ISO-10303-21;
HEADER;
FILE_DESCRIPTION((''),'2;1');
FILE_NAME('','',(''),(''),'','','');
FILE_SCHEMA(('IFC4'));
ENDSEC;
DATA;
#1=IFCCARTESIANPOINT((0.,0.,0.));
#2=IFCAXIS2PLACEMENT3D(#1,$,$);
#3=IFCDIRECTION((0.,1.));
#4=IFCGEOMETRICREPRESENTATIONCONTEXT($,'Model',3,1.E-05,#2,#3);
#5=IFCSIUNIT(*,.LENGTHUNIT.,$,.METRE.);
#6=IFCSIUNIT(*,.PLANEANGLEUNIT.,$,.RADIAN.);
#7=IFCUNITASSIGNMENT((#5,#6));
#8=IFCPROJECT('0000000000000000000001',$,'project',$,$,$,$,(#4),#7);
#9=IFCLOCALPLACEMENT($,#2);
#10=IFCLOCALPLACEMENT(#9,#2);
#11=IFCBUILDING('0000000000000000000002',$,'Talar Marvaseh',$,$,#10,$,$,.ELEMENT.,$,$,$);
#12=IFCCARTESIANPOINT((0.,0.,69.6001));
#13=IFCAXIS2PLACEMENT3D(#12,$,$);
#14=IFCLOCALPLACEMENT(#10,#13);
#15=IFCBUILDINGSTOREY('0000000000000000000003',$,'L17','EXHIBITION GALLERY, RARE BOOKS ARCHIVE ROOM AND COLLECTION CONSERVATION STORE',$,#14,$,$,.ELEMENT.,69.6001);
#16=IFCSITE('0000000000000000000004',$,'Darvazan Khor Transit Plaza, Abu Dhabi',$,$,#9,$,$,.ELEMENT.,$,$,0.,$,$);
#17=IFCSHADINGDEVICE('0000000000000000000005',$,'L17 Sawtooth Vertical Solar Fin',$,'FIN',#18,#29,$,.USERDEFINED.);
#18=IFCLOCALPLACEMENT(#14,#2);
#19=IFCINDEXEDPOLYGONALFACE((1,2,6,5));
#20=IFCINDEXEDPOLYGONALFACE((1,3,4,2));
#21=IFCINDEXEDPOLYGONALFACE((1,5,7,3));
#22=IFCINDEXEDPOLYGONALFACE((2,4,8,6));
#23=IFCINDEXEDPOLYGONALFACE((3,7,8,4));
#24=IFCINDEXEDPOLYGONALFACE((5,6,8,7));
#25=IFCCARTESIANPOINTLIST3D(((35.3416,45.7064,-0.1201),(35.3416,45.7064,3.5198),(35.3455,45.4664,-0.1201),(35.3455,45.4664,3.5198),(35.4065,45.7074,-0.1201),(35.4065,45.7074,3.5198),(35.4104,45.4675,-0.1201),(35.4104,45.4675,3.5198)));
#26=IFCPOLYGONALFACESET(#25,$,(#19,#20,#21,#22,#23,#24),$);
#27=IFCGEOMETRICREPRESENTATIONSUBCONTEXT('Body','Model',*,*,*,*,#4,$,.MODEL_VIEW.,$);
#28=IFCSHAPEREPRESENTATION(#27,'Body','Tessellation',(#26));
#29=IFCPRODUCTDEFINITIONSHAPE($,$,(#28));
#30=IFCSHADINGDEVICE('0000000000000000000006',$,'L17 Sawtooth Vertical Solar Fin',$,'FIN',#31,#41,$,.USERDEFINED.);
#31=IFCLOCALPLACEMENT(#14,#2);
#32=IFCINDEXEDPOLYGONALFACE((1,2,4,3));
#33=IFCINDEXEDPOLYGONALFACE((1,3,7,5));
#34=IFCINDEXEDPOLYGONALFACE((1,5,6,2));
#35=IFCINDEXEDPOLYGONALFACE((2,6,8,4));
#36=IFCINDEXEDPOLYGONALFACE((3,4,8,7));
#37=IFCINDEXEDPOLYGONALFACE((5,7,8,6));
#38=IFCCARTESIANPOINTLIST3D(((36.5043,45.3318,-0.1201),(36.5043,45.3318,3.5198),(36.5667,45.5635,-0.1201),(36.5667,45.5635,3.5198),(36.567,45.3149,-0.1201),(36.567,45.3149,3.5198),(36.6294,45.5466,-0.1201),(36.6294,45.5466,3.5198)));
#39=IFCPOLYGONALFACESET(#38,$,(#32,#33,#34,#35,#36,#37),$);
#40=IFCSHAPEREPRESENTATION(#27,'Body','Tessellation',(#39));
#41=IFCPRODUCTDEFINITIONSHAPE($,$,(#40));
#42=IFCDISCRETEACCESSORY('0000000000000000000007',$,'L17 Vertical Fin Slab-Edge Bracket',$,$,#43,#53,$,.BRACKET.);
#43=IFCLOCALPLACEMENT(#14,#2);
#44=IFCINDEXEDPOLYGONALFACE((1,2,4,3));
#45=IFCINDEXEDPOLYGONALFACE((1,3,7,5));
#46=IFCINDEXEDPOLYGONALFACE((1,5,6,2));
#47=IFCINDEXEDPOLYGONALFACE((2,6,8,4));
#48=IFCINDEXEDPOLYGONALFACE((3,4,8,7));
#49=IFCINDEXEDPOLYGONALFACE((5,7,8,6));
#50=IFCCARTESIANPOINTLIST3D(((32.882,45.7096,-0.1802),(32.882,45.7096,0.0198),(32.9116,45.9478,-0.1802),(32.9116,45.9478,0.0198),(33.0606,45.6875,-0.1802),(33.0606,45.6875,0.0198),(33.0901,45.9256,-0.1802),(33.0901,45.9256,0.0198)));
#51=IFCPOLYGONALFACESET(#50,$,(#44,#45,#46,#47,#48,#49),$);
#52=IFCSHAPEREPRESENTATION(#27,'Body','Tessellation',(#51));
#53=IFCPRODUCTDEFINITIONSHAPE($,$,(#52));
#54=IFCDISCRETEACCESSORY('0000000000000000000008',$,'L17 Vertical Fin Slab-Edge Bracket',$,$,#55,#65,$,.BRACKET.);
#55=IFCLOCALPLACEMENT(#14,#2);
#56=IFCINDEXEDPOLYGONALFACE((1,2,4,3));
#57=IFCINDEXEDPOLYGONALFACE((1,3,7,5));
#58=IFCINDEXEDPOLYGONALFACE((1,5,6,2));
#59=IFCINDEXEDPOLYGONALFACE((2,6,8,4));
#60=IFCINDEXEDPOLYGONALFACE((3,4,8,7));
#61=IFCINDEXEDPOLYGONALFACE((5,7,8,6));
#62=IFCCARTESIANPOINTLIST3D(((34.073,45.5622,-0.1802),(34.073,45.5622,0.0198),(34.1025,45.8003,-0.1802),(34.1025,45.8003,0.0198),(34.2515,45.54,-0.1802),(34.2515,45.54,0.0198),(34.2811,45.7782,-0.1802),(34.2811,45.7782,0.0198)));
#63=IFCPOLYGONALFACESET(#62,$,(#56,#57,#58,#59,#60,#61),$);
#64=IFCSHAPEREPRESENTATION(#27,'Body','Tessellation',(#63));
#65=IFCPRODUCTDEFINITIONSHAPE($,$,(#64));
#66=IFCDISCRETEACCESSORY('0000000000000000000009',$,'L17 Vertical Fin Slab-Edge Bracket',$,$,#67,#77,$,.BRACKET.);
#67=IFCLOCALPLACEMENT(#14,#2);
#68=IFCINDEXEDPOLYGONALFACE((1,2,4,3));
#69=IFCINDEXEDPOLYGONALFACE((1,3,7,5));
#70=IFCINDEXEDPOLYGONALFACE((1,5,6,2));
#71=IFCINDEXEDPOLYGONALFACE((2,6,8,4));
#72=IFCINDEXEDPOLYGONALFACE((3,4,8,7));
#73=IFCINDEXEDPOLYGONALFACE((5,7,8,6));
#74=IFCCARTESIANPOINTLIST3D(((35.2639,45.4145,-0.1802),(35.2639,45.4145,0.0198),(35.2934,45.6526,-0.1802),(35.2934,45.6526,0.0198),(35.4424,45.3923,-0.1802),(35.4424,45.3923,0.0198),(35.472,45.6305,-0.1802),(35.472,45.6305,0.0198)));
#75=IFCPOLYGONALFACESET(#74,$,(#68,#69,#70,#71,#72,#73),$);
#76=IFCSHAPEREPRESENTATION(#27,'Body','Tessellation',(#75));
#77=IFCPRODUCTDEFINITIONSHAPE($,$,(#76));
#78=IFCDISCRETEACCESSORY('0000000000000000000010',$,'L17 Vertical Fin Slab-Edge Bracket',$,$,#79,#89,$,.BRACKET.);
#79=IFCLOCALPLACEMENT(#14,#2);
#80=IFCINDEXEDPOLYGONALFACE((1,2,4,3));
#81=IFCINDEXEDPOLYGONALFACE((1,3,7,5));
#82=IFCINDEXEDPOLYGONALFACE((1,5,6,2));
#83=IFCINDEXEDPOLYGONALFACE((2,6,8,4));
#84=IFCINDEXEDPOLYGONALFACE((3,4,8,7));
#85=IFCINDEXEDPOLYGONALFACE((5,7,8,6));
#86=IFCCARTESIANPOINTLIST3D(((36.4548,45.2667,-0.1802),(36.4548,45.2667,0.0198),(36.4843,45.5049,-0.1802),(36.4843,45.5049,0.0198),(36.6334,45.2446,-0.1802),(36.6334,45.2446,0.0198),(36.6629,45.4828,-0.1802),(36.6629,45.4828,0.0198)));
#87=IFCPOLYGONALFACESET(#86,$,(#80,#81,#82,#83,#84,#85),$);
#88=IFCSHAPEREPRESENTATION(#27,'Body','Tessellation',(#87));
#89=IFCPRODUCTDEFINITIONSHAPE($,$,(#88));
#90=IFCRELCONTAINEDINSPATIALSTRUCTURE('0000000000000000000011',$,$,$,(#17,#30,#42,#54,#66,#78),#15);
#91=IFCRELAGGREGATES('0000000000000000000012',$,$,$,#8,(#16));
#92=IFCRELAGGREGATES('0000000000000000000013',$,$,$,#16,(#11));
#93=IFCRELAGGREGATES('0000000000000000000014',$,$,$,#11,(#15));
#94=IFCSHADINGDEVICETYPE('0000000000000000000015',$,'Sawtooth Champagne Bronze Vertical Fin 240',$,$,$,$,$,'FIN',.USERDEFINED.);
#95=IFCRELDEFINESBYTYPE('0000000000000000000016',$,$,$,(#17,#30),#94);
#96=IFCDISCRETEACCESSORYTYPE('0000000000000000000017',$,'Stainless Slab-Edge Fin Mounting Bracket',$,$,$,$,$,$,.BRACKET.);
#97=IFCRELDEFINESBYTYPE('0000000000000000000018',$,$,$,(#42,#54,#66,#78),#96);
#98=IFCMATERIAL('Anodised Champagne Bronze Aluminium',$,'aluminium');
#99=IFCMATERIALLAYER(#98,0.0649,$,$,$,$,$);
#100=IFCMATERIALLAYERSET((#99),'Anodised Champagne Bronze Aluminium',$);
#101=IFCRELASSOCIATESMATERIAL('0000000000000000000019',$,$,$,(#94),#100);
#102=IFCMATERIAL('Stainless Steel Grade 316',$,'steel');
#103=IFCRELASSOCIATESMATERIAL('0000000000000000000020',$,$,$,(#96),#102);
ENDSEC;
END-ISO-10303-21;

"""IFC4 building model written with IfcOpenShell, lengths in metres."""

from ifc_helpers import new_model, si_unit, direction, frame, origin, origin_2d, place, context, subcontext, project, spatial, rectangle, extrude, source, transform, mapped, material, layer, layer_set, type_object, type_shapes, element, save


model = new_model("IFC4")

# Units and contexts
model_context = context("Model", 3, precision=1e-05, world=origin(), true_north=direction((0.0, 1.0)))
body_context = subcontext(model_context, "Body", "Model", "MODEL_VIEW")
ifc_project = project(units=[si_unit("LENGTHUNIT", "METRE"), si_unit("PLANEANGLEUNIT", "RADIAN")], contexts=[model_context])

# Site, building, storey
site_placement = place(None, origin())
site = spatial("IfcSite", under=ifc_project, at=site_placement, Name="Darvazan Khor Transit Plaza, Abu Dhabi", CompositionType="ELEMENT", RefElevation=0.0)
building_placement = place(site_placement, origin())
building = spatial("IfcBuilding", under=site, at=building_placement, Name="Talar Marvaseh", CompositionType="ELEMENT")
storey_placement = place(building_placement, frame((0.0, 0.0, 69.6001)))
storey = spatial("IfcBuildingStorey", under=building, at=storey_placement, Name="L17", Description="EXHIBITION GALLERY, RARE BOOKS ARCHIVE ROOM AND COLLECTION CONSERVATION STORE", CompositionType="ELEMENT", Elevation=69.6001)

# Shading devices
ifc_material_1 = material(Name="Anodised Champagne Bronze Aluminium", Category="aluminium")
ifc_layer_1 = layer(ifc_material_1, 0.0649)
ifc_layer_set_1 = layer_set([ifc_layer_1], Name="Anodised Champagne Bronze Aluminium")
shading_device_type = type_object("IfcShadingDeviceType", Name="Sawtooth Champagne Bronze Vertical Fin 240", ElementType="FIN", PredefinedType="USERDEFINED", material=ifc_layer_set_1)
shared_shape_1 = source(origin(), body_context, "Body", "SweptSolid", [
    extrude(rectangle(XDim=0.24, YDim=0.0649, at=origin_2d()), origin(), (0.0, 0.0, 1.0), 3.6399),
])
type_shapes(shading_device_type, [shared_shape_1])
for number, where, z_axis, x_axis, name in (
    (1, (35.376, 45.5869, -0.1201), (0.0, 0.0, 1.0), (-0.016231, 0.999868, 0.0), "L17 Sawtooth Vertical Solar Fin"),
    (2, (36.5669, 45.4392, -0.1201), (0.0, 0.0, 1.0), (0.259999, 0.965609, 0.0), "L17 Sawtooth Vertical Solar Fin"),
):
    element("IfcShadingDevice", number, at=place(storey_placement, frame(where, z_axis=z_axis, x_axis=x_axis)), inside=storey, type_object=shading_device_type, Name=name, ObjectType="FIN", PredefinedType="USERDEFINED", context=body_context, shape_type="MappedRepresentation", body=[
        mapped(shared_shape_1, transform((0.0, 0.0, 0.0), x_axis=(1.0, 0.0, 0.0), y_axis=(0.0, 1.0, 0.0), z_axis=(0.0, 0.0, 1.0), scale=1.0)),
    ])

# Discrete accessories
ifc_material_2 = material(Name="Stainless Steel Grade 316", Category="steel")
discrete_accessory_type = type_object("IfcDiscreteAccessoryType", Name="Stainless Slab-Edge Fin Mounting Bracket", PredefinedType="BRACKET", material=ifc_material_2)
shared_shape_2 = source(origin(), body_context, "Body", "SweptSolid", [
    extrude(rectangle(XDim=0.24, YDim=0.1799, at=origin_2d()), origin(), (0.0, 0.0, 1.0), 0.2),
])
type_shapes(discrete_accessory_type, [shared_shape_2])
for number, where, z_axis, x_axis, name in (
    (3, (32.9861, 45.8176, -0.1802), (0.0, 0.0, 1.0), (0.123082, 0.992397, 0.0), "L17 Vertical Fin Slab-Edge Bracket"),
    (4, (34.177, 45.6702, -0.1802), (0.0, 0.0, 1.0), (0.123082, 0.992397, 0.0), "L17 Vertical Fin Slab-Edge Bracket"),
    (5, (35.3679, 45.5225, -0.1802), (0.0, 0.0, 1.0), (0.123082, 0.992397, 0.0), "L17 Vertical Fin Slab-Edge Bracket"),
    (6, (36.5588, 45.3748, -0.1802), (0.0, 0.0, 1.0), (0.123082, 0.992397, 0.0), "L17 Vertical Fin Slab-Edge Bracket"),
):
    element("IfcDiscreteAccessory", number, at=place(storey_placement, frame(where, z_axis=z_axis, x_axis=x_axis)), inside=storey, type_object=discrete_accessory_type, Name=name, PredefinedType="BRACKET", context=body_context, shape_type="MappedRepresentation", body=[
        mapped(shared_shape_2, transform((0.0, 0.0, 0.0), x_axis=(1.0, 0.0, 0.0), y_axis=(0.0, 1.0, 0.0), z_axis=(0.0, 0.0, 1.0), scale=1.0)),
    ])

save(model, "model.ifc")
